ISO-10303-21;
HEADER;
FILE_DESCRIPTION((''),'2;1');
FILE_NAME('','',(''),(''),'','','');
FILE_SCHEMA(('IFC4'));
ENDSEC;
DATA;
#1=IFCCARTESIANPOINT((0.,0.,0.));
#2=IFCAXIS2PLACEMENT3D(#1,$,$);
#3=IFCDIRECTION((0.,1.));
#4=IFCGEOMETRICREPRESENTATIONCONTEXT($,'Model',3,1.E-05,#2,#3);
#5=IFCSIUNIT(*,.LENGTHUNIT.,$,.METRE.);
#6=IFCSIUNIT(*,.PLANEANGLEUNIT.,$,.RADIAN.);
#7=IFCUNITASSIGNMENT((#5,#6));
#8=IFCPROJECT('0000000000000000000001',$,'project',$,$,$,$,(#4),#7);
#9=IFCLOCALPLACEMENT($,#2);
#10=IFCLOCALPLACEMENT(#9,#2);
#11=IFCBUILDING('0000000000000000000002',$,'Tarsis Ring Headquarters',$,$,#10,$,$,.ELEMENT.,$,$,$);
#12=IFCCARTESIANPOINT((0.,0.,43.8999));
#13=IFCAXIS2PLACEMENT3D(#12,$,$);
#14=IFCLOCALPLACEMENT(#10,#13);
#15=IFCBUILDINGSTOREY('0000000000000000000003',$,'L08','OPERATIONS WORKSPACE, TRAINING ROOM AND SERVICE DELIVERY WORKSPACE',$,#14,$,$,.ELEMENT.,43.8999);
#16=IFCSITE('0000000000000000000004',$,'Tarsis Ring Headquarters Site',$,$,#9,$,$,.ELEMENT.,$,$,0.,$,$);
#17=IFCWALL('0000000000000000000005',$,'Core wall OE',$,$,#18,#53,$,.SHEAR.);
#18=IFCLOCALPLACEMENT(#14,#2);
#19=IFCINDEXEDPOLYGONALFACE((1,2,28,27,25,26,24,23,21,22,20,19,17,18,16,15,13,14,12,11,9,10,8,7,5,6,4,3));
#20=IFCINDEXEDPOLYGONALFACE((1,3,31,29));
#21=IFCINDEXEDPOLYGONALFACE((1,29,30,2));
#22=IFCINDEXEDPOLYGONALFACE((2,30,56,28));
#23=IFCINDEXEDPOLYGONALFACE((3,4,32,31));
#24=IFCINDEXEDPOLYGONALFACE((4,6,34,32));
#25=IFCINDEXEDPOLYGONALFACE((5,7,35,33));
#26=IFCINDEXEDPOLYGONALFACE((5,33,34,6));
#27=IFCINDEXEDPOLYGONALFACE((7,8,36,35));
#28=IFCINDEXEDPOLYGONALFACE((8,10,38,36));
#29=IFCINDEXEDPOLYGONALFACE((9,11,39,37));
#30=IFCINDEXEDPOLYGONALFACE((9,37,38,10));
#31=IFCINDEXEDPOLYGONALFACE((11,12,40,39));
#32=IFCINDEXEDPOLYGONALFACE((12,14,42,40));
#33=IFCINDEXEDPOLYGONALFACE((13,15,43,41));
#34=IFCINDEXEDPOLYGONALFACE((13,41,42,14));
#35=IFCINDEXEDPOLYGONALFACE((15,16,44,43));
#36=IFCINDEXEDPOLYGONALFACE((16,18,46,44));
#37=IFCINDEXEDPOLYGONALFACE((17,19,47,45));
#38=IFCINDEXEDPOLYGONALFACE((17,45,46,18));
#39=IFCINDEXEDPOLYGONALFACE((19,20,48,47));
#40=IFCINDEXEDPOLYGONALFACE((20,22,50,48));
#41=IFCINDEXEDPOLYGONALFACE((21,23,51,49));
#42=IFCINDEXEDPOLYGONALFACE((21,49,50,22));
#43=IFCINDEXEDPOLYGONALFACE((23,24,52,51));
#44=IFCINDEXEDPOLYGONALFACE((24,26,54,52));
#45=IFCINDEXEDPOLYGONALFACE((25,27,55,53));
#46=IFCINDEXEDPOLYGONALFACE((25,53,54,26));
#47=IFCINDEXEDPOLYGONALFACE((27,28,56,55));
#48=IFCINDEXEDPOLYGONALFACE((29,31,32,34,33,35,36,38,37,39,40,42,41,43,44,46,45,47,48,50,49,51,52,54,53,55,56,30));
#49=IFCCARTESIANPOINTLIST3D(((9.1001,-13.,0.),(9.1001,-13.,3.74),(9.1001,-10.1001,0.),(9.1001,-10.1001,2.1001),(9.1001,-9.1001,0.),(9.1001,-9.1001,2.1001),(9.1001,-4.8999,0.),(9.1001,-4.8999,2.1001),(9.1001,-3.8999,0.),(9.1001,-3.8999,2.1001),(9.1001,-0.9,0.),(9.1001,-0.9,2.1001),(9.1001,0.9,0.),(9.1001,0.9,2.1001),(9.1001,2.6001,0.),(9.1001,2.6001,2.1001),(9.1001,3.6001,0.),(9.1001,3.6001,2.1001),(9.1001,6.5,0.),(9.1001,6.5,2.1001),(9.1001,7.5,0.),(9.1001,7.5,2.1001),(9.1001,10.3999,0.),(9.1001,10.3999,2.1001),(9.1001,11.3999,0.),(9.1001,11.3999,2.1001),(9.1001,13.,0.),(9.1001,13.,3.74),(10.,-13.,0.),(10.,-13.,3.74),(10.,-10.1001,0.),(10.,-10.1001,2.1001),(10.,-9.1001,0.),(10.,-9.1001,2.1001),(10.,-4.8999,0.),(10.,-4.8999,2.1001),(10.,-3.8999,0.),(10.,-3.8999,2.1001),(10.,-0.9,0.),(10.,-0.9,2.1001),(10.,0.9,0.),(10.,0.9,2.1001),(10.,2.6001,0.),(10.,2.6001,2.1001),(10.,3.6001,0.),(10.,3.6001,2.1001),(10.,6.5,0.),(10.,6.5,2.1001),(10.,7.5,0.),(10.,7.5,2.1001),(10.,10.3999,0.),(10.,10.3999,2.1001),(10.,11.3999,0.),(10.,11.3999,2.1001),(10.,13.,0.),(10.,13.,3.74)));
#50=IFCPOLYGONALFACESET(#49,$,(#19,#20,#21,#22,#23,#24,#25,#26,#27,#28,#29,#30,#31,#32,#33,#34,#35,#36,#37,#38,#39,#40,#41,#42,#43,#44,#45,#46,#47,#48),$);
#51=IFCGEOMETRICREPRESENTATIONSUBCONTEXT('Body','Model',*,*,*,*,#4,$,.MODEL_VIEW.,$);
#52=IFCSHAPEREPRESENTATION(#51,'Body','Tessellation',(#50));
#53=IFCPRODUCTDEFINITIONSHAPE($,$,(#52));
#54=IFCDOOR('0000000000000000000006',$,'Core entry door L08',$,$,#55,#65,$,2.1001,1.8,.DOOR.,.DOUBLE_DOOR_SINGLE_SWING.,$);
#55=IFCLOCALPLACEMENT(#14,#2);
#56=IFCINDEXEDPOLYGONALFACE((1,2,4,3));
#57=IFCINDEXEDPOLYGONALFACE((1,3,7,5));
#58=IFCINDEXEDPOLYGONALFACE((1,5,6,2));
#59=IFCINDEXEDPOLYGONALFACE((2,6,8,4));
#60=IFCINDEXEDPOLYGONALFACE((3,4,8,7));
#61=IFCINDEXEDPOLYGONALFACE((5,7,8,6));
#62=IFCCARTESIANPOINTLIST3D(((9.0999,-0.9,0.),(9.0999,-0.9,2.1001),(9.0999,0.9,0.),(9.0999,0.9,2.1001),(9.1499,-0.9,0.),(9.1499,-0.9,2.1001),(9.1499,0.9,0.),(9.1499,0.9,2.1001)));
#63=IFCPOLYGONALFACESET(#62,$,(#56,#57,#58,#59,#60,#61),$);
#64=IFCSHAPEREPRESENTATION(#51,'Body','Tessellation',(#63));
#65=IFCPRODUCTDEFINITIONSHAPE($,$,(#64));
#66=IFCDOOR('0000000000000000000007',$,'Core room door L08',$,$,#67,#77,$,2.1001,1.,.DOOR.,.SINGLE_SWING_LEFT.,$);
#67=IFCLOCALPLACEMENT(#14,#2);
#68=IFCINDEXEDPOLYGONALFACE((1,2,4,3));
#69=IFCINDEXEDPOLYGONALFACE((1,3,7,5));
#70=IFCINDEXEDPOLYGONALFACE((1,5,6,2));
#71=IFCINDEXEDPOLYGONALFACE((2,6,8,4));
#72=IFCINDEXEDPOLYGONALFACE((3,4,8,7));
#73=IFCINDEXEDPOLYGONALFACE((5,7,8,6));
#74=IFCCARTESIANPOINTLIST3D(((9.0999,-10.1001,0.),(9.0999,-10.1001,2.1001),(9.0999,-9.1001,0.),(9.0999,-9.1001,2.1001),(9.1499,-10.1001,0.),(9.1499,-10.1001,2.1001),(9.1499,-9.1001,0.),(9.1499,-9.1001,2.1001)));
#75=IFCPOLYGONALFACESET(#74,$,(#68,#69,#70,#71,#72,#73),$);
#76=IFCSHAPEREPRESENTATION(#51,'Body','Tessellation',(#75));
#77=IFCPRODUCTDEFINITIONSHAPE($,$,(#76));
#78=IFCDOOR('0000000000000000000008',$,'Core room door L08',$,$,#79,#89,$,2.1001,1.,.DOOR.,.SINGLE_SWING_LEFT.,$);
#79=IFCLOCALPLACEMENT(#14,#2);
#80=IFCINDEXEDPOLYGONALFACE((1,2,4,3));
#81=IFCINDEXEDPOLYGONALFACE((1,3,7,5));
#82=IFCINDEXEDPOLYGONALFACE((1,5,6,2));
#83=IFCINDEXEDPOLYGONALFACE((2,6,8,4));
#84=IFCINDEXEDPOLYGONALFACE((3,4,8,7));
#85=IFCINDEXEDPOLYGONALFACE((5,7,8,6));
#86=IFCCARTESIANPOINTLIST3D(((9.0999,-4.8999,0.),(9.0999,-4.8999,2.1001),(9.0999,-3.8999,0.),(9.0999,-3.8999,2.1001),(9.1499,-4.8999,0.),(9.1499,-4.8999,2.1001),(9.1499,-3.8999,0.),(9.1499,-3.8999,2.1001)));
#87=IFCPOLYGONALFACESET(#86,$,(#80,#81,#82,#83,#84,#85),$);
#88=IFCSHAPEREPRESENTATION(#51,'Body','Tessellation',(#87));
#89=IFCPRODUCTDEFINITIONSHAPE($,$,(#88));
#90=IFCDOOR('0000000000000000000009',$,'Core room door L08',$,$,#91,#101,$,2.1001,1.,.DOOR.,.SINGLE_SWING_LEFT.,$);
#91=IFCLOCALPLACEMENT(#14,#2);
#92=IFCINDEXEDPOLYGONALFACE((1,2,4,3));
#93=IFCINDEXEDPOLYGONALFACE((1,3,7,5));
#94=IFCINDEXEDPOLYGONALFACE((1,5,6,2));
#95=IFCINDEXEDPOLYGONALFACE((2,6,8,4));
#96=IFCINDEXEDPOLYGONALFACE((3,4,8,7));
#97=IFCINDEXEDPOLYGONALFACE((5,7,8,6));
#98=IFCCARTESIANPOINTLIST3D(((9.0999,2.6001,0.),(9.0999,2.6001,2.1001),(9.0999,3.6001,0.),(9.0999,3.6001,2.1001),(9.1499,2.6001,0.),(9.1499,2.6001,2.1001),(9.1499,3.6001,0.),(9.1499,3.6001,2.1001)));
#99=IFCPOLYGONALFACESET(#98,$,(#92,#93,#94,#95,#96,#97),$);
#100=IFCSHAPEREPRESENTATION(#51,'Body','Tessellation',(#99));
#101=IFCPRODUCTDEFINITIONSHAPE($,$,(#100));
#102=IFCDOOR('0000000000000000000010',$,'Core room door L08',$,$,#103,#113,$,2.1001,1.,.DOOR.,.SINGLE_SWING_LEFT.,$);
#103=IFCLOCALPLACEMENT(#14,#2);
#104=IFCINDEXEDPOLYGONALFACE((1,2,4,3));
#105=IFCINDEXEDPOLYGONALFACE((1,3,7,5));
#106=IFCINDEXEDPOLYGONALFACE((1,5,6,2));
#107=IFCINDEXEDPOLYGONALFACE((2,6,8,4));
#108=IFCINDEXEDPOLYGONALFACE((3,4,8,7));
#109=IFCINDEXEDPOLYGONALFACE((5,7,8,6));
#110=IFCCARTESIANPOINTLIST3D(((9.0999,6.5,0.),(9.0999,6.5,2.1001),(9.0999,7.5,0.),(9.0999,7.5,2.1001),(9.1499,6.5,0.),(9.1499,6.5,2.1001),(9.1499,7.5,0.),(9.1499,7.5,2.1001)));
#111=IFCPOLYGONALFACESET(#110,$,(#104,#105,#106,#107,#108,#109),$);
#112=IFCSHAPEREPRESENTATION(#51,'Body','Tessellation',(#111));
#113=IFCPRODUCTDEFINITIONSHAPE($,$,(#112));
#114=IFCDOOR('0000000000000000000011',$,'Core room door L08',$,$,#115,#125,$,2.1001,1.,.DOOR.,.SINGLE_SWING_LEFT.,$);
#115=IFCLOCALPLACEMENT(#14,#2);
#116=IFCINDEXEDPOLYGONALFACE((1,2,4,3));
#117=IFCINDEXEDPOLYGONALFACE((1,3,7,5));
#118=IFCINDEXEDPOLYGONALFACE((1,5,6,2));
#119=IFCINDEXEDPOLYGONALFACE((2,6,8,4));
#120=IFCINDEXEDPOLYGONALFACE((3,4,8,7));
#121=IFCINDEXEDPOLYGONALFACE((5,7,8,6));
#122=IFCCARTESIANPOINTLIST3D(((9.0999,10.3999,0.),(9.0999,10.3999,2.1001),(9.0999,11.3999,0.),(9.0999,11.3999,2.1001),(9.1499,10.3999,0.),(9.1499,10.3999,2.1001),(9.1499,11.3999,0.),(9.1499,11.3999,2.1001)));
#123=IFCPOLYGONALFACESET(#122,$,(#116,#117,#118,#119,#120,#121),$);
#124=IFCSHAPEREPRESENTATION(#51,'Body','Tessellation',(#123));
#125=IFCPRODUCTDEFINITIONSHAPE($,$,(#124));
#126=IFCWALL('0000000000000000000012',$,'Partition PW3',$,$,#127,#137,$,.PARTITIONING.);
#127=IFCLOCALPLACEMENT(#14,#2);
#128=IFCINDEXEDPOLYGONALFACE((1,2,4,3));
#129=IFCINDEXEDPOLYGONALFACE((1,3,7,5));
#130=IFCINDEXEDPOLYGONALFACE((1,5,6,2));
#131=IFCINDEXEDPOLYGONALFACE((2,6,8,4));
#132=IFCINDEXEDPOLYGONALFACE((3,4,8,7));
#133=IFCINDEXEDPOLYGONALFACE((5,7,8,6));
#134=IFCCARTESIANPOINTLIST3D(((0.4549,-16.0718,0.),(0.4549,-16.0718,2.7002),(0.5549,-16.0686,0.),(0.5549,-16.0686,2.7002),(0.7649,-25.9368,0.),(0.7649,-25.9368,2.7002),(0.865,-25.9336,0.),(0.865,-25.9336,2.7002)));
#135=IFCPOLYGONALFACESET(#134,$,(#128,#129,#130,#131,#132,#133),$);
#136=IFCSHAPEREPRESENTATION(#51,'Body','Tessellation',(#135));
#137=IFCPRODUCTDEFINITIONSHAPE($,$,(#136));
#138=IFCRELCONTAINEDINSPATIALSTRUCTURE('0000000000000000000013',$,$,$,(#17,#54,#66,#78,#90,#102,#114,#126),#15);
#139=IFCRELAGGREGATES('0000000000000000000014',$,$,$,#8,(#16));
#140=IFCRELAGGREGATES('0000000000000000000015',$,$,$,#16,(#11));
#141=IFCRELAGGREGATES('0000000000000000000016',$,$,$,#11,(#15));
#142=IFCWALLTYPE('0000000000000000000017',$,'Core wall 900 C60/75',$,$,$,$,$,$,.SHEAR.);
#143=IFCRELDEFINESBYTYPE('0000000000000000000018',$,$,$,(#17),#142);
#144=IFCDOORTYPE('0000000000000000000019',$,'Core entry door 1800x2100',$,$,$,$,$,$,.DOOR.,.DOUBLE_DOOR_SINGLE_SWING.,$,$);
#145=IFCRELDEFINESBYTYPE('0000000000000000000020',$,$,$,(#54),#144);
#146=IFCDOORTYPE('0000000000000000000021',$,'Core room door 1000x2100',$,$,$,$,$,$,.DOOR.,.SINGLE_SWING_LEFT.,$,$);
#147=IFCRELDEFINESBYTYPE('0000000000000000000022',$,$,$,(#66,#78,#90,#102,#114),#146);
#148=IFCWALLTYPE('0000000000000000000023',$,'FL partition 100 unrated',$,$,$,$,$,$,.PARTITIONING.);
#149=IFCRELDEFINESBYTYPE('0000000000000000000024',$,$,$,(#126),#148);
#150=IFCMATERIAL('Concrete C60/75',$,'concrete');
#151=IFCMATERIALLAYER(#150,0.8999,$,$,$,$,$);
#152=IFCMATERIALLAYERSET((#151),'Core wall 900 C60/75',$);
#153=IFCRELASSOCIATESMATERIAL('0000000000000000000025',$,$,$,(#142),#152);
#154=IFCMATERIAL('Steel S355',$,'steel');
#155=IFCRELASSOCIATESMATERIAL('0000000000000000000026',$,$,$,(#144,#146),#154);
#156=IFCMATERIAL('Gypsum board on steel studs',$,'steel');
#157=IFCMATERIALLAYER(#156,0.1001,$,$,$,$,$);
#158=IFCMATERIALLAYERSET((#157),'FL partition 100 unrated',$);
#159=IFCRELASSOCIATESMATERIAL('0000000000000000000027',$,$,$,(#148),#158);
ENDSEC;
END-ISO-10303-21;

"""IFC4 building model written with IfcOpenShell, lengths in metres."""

from ifc_helpers import new_model, si_unit, direction, frame, frame_2d, origin, place, context, subcontext, project, spatial, rectangle, extrude, material, layer, layer_set, type_object, element, fill, save


model = new_model("IFC4")

# Units and contexts
model_context = context("Model", 3, precision=1e-05, world=origin(), true_north=direction((0.0, 1.0)))
body_context = subcontext(model_context, "Body", "Model", "MODEL_VIEW")
ifc_project = project(units=[si_unit("LENGTHUNIT", "METRE"), si_unit("PLANEANGLEUNIT", "RADIAN")], contexts=[model_context])

# Site, building, storey
site_placement = place(None, origin())
site = spatial("IfcSite", under=ifc_project, at=site_placement, Name="Tarsis Ring Headquarters Site", CompositionType="ELEMENT", RefElevation=0.0)
building_placement = place(site_placement, origin())
building = spatial("IfcBuilding", under=site, at=building_placement, Name="Tarsis Ring Headquarters", CompositionType="ELEMENT")
storey_placement = place(building_placement, frame((0.0, 0.0, 43.8999)))
storey = spatial("IfcBuildingStorey", under=building, at=storey_placement, Name="L08", Description="OPERATIONS WORKSPACE, TRAINING ROOM AND SERVICE DELIVERY WORKSPACE", CompositionType="ELEMENT", Elevation=43.8999)

# Wall, openings, doors
ifc_material_1 = material(Name="Concrete C60/75", Category="concrete")
ifc_layer_1 = layer(ifc_material_1, 0.8999)
ifc_layer_set_1 = layer_set([ifc_layer_1], Name="Core wall 900 C60/75")
wall_type_1 = type_object("IfcWallType", Name="Core wall 900 C60/75", PredefinedType="SHEAR", material=ifc_layer_set_1)
wall_1_placement = place(storey_placement, frame((9.55, -13.0, 0.0), z_axis=(0.0, 0.0, 1.0), x_axis=(0.0, 1.0, 0.0)))
wall_1 = element("IfcWall", 1, at=wall_1_placement, inside=storey, type_object=wall_type_1, Name="Core wall OE", PredefinedType="SHEAR", context=body_context, shape_type="SweptSolid", body=[
    extrude(rectangle(XDim=26.0, YDim=0.8999, at=frame_2d((13.0, 0.0))), origin(), (0.0, 0.0, 1.0), 3.74),
])
opening_1_placement = place(wall_1_placement, frame((2.8999, 0.0, 0.0)))
opening_1 = element("IfcOpeningElement", 2, at=opening_1_placement, cuts=wall_1, PredefinedType="OPENING", context=body_context, shape_type="SweptSolid", body=[
    extrude(rectangle(XDim=1.0, YDim=2.1001, at=frame_2d((0.5, 1.05))), frame((0.0, 0.46, 0.0), z_axis=(0.0, -1.0, 0.0), x_axis=(1.0, 0.0, 0.0)), (0.0, 0.0, 1.0), 0.9199),
])
opening_2_placement = place(wall_1_placement, frame((8.1001, 0.0, 0.0)))
opening_2 = element("IfcOpeningElement", 3, at=opening_2_placement, cuts=wall_1, PredefinedType="OPENING", context=body_context, shape_type="SweptSolid", body=[
    extrude(rectangle(XDim=1.0, YDim=2.1001, at=frame_2d((0.5, 1.05))), frame((0.0, 0.46, 0.0), z_axis=(0.0, -1.0, 0.0), x_axis=(1.0, 0.0, 0.0)), (0.0, 0.0, 1.0), 0.9199),
])
opening_3_placement = place(wall_1_placement, frame((12.1001, 0.0, 0.0)))
opening_3 = element("IfcOpeningElement", 4, at=opening_3_placement, cuts=wall_1, PredefinedType="OPENING", context=body_context, shape_type="SweptSolid", body=[
    extrude(rectangle(XDim=1.8, YDim=2.1001, at=frame_2d((0.8999, 1.05))), frame((0.0, 0.46, 0.0), z_axis=(0.0, -1.0, 0.0), x_axis=(1.0, 0.0, 0.0)), (0.0, 0.0, 1.0), 0.9199),
])
opening_4_placement = place(wall_1_placement, frame((15.6001, 0.0, 0.0)))
opening_4 = element("IfcOpeningElement", 5, at=opening_4_placement, cuts=wall_1, PredefinedType="OPENING", context=body_context, shape_type="SweptSolid", body=[
    extrude(rectangle(XDim=1.0, YDim=2.1001, at=frame_2d((0.5, 1.05))), frame((0.0, 0.46, 0.0), z_axis=(0.0, -1.0, 0.0), x_axis=(1.0, 0.0, 0.0)), (0.0, 0.0, 1.0), 0.9199),
])
opening_5_placement = place(wall_1_placement, frame((19.5, 0.0, 0.0)))
opening_5 = element("IfcOpeningElement", 6, at=opening_5_placement, cuts=wall_1, PredefinedType="OPENING", context=body_context, shape_type="SweptSolid", body=[
    extrude(rectangle(XDim=1.0, YDim=2.1001, at=frame_2d((0.5, 1.05))), frame((0.0, 0.46, 0.0), z_axis=(0.0, -1.0, 0.0), x_axis=(1.0, 0.0, 0.0)), (0.0, 0.0, 1.0), 0.9199),
])
opening_6_placement = place(wall_1_placement, frame((23.3999, 0.0, 0.0)))
opening_6 = element("IfcOpeningElement", 7, at=opening_6_placement, cuts=wall_1, PredefinedType="OPENING", context=body_context, shape_type="SweptSolid", body=[
    extrude(rectangle(XDim=1.0, YDim=2.1001, at=frame_2d((0.5, 1.05))), frame((0.0, 0.46, 0.0), z_axis=(0.0, -1.0, 0.0), x_axis=(1.0, 0.0, 0.0)), (0.0, 0.0, 1.0), 0.9199),
])
ifc_material_2 = material(Name="Steel S355", Category="steel")
door_type_1 = type_object("IfcDoorType", Name="Core entry door 1800x2100", OperationType="DOUBLE_DOOR_SINGLE_SWING", PredefinedType="DOOR", material=ifc_material_2)
door_1_placement = place(opening_3_placement, origin())
door_1 = element("IfcDoor", 8, at=door_1_placement, inside=storey, type_object=door_type_1, Name="Core entry door L08", OperationType="DOUBLE_DOOR_SINGLE_SWING", OverallHeight=2.1001, OverallWidth=1.8, PredefinedType="DOOR", context=body_context, shape_type="SweptSolid", body=[
    extrude(rectangle(XDim=1.8, YDim=2.1001, at=frame_2d((0.8999, 1.05))), frame((0.0, 0.4502, 0.0), z_axis=(0.0, -1.0, 0.0), x_axis=(1.0, 0.0, 0.0)), (0.0, 0.0, 1.0), 0.05),
])
fill(opening_3, door_1)
door_type_2 = type_object("IfcDoorType", Name="Core room door 1000x2100", OperationType="SINGLE_SWING_LEFT", PredefinedType="DOOR", material=ifc_material_2)
door_2_placement = place(opening_1_placement, origin())
door_2 = element("IfcDoor", 9, at=door_2_placement, inside=storey, type_object=door_type_2, Name="Core room door L08", OperationType="SINGLE_SWING_LEFT", OverallHeight=2.1001, OverallWidth=1.0, PredefinedType="DOOR", context=body_context, shape_type="SweptSolid", body=[
    extrude(rectangle(XDim=1.0, YDim=2.1001, at=frame_2d((0.5, 1.05))), frame((0.0, 0.4502, 0.0), z_axis=(0.0, -1.0, 0.0), x_axis=(1.0, 0.0, 0.0)), (0.0, 0.0, 1.0), 0.05),
])
fill(opening_1, door_2)
door_3_placement = place(opening_2_placement, origin())
door_3 = element("IfcDoor", 10, at=door_3_placement, inside=storey, type_object=door_type_2, Name="Core room door L08", OperationType="SINGLE_SWING_LEFT", OverallHeight=2.1001, OverallWidth=1.0, PredefinedType="DOOR", context=body_context, shape_type="SweptSolid", body=[
    extrude(rectangle(XDim=1.0, YDim=2.1001, at=frame_2d((0.5, 1.05))), frame((0.0, 0.4502, 0.0), z_axis=(0.0, -1.0, 0.0), x_axis=(1.0, 0.0, 0.0)), (0.0, 0.0, 1.0), 0.05),
])
fill(opening_2, door_3)
door_4_placement = place(opening_4_placement, origin())
door_4 = element("IfcDoor", 11, at=door_4_placement, inside=storey, type_object=door_type_2, Name="Core room door L08", OperationType="SINGLE_SWING_LEFT", OverallHeight=2.1001, OverallWidth=1.0, PredefinedType="DOOR", context=body_context, shape_type="SweptSolid", body=[
    extrude(rectangle(XDim=1.0, YDim=2.1001, at=frame_2d((0.5, 1.05))), frame((0.0, 0.4502, 0.0), z_axis=(0.0, -1.0, 0.0), x_axis=(1.0, 0.0, 0.0)), (0.0, 0.0, 1.0), 0.05),
])
fill(opening_4, door_4)
door_5_placement = place(opening_5_placement, origin())
door_5 = element("IfcDoor", 12, at=door_5_placement, inside=storey, type_object=door_type_2, Name="Core room door L08", OperationType="SINGLE_SWING_LEFT", OverallHeight=2.1001, OverallWidth=1.0, PredefinedType="DOOR", context=body_context, shape_type="SweptSolid", body=[
    extrude(rectangle(XDim=1.0, YDim=2.1001, at=frame_2d((0.5, 1.05))), frame((0.0, 0.4502, 0.0), z_axis=(0.0, -1.0, 0.0), x_axis=(1.0, 0.0, 0.0)), (0.0, 0.0, 1.0), 0.05),
])
fill(opening_5, door_5)
door_6_placement = place(opening_6_placement, origin())
door_6 = element("IfcDoor", 13, at=door_6_placement, inside=storey, type_object=door_type_2, Name="Core room door L08", OperationType="SINGLE_SWING_LEFT", OverallHeight=2.1001, OverallWidth=1.0, PredefinedType="DOOR", context=body_context, shape_type="SweptSolid", body=[
    extrude(rectangle(XDim=1.0, YDim=2.1001, at=frame_2d((0.5, 1.05))), frame((0.0, 0.4502, 0.0), z_axis=(0.0, -1.0, 0.0), x_axis=(1.0, 0.0, 0.0)), (0.0, 0.0, 1.0), 0.05),
])
fill(opening_6, door_6)

# Wall
ifc_material_3 = material(Name="Gypsum board on steel studs", Category="steel")
ifc_layer_2 = layer(ifc_material_3, 0.1001)
ifc_layer_set_2 = layer_set([ifc_layer_2], Name="FL partition 100 unrated")
wall_type_2 = type_object("IfcWallType", Name="FL partition 100 unrated", PredefinedType="PARTITIONING", material=ifc_layer_set_2)
wall_2_placement = place(storey_placement, frame((0.5049, -16.0701, 0.0), z_axis=(0.0, 0.0, 1.0), x_axis=(0.031415, -0.999506, 0.0)))
element("IfcWall", 14, at=wall_2_placement, inside=storey, type_object=wall_type_2, Name="Partition PW3", PredefinedType="PARTITIONING", context=body_context, shape_type="SweptSolid", body=[
    extrude(rectangle(XDim=9.8699, YDim=0.1001, at=frame_2d((4.9351, 0.0))), origin(), (0.0, 0.0, 1.0), 2.7002),
])

save(model, "model.ifc")
